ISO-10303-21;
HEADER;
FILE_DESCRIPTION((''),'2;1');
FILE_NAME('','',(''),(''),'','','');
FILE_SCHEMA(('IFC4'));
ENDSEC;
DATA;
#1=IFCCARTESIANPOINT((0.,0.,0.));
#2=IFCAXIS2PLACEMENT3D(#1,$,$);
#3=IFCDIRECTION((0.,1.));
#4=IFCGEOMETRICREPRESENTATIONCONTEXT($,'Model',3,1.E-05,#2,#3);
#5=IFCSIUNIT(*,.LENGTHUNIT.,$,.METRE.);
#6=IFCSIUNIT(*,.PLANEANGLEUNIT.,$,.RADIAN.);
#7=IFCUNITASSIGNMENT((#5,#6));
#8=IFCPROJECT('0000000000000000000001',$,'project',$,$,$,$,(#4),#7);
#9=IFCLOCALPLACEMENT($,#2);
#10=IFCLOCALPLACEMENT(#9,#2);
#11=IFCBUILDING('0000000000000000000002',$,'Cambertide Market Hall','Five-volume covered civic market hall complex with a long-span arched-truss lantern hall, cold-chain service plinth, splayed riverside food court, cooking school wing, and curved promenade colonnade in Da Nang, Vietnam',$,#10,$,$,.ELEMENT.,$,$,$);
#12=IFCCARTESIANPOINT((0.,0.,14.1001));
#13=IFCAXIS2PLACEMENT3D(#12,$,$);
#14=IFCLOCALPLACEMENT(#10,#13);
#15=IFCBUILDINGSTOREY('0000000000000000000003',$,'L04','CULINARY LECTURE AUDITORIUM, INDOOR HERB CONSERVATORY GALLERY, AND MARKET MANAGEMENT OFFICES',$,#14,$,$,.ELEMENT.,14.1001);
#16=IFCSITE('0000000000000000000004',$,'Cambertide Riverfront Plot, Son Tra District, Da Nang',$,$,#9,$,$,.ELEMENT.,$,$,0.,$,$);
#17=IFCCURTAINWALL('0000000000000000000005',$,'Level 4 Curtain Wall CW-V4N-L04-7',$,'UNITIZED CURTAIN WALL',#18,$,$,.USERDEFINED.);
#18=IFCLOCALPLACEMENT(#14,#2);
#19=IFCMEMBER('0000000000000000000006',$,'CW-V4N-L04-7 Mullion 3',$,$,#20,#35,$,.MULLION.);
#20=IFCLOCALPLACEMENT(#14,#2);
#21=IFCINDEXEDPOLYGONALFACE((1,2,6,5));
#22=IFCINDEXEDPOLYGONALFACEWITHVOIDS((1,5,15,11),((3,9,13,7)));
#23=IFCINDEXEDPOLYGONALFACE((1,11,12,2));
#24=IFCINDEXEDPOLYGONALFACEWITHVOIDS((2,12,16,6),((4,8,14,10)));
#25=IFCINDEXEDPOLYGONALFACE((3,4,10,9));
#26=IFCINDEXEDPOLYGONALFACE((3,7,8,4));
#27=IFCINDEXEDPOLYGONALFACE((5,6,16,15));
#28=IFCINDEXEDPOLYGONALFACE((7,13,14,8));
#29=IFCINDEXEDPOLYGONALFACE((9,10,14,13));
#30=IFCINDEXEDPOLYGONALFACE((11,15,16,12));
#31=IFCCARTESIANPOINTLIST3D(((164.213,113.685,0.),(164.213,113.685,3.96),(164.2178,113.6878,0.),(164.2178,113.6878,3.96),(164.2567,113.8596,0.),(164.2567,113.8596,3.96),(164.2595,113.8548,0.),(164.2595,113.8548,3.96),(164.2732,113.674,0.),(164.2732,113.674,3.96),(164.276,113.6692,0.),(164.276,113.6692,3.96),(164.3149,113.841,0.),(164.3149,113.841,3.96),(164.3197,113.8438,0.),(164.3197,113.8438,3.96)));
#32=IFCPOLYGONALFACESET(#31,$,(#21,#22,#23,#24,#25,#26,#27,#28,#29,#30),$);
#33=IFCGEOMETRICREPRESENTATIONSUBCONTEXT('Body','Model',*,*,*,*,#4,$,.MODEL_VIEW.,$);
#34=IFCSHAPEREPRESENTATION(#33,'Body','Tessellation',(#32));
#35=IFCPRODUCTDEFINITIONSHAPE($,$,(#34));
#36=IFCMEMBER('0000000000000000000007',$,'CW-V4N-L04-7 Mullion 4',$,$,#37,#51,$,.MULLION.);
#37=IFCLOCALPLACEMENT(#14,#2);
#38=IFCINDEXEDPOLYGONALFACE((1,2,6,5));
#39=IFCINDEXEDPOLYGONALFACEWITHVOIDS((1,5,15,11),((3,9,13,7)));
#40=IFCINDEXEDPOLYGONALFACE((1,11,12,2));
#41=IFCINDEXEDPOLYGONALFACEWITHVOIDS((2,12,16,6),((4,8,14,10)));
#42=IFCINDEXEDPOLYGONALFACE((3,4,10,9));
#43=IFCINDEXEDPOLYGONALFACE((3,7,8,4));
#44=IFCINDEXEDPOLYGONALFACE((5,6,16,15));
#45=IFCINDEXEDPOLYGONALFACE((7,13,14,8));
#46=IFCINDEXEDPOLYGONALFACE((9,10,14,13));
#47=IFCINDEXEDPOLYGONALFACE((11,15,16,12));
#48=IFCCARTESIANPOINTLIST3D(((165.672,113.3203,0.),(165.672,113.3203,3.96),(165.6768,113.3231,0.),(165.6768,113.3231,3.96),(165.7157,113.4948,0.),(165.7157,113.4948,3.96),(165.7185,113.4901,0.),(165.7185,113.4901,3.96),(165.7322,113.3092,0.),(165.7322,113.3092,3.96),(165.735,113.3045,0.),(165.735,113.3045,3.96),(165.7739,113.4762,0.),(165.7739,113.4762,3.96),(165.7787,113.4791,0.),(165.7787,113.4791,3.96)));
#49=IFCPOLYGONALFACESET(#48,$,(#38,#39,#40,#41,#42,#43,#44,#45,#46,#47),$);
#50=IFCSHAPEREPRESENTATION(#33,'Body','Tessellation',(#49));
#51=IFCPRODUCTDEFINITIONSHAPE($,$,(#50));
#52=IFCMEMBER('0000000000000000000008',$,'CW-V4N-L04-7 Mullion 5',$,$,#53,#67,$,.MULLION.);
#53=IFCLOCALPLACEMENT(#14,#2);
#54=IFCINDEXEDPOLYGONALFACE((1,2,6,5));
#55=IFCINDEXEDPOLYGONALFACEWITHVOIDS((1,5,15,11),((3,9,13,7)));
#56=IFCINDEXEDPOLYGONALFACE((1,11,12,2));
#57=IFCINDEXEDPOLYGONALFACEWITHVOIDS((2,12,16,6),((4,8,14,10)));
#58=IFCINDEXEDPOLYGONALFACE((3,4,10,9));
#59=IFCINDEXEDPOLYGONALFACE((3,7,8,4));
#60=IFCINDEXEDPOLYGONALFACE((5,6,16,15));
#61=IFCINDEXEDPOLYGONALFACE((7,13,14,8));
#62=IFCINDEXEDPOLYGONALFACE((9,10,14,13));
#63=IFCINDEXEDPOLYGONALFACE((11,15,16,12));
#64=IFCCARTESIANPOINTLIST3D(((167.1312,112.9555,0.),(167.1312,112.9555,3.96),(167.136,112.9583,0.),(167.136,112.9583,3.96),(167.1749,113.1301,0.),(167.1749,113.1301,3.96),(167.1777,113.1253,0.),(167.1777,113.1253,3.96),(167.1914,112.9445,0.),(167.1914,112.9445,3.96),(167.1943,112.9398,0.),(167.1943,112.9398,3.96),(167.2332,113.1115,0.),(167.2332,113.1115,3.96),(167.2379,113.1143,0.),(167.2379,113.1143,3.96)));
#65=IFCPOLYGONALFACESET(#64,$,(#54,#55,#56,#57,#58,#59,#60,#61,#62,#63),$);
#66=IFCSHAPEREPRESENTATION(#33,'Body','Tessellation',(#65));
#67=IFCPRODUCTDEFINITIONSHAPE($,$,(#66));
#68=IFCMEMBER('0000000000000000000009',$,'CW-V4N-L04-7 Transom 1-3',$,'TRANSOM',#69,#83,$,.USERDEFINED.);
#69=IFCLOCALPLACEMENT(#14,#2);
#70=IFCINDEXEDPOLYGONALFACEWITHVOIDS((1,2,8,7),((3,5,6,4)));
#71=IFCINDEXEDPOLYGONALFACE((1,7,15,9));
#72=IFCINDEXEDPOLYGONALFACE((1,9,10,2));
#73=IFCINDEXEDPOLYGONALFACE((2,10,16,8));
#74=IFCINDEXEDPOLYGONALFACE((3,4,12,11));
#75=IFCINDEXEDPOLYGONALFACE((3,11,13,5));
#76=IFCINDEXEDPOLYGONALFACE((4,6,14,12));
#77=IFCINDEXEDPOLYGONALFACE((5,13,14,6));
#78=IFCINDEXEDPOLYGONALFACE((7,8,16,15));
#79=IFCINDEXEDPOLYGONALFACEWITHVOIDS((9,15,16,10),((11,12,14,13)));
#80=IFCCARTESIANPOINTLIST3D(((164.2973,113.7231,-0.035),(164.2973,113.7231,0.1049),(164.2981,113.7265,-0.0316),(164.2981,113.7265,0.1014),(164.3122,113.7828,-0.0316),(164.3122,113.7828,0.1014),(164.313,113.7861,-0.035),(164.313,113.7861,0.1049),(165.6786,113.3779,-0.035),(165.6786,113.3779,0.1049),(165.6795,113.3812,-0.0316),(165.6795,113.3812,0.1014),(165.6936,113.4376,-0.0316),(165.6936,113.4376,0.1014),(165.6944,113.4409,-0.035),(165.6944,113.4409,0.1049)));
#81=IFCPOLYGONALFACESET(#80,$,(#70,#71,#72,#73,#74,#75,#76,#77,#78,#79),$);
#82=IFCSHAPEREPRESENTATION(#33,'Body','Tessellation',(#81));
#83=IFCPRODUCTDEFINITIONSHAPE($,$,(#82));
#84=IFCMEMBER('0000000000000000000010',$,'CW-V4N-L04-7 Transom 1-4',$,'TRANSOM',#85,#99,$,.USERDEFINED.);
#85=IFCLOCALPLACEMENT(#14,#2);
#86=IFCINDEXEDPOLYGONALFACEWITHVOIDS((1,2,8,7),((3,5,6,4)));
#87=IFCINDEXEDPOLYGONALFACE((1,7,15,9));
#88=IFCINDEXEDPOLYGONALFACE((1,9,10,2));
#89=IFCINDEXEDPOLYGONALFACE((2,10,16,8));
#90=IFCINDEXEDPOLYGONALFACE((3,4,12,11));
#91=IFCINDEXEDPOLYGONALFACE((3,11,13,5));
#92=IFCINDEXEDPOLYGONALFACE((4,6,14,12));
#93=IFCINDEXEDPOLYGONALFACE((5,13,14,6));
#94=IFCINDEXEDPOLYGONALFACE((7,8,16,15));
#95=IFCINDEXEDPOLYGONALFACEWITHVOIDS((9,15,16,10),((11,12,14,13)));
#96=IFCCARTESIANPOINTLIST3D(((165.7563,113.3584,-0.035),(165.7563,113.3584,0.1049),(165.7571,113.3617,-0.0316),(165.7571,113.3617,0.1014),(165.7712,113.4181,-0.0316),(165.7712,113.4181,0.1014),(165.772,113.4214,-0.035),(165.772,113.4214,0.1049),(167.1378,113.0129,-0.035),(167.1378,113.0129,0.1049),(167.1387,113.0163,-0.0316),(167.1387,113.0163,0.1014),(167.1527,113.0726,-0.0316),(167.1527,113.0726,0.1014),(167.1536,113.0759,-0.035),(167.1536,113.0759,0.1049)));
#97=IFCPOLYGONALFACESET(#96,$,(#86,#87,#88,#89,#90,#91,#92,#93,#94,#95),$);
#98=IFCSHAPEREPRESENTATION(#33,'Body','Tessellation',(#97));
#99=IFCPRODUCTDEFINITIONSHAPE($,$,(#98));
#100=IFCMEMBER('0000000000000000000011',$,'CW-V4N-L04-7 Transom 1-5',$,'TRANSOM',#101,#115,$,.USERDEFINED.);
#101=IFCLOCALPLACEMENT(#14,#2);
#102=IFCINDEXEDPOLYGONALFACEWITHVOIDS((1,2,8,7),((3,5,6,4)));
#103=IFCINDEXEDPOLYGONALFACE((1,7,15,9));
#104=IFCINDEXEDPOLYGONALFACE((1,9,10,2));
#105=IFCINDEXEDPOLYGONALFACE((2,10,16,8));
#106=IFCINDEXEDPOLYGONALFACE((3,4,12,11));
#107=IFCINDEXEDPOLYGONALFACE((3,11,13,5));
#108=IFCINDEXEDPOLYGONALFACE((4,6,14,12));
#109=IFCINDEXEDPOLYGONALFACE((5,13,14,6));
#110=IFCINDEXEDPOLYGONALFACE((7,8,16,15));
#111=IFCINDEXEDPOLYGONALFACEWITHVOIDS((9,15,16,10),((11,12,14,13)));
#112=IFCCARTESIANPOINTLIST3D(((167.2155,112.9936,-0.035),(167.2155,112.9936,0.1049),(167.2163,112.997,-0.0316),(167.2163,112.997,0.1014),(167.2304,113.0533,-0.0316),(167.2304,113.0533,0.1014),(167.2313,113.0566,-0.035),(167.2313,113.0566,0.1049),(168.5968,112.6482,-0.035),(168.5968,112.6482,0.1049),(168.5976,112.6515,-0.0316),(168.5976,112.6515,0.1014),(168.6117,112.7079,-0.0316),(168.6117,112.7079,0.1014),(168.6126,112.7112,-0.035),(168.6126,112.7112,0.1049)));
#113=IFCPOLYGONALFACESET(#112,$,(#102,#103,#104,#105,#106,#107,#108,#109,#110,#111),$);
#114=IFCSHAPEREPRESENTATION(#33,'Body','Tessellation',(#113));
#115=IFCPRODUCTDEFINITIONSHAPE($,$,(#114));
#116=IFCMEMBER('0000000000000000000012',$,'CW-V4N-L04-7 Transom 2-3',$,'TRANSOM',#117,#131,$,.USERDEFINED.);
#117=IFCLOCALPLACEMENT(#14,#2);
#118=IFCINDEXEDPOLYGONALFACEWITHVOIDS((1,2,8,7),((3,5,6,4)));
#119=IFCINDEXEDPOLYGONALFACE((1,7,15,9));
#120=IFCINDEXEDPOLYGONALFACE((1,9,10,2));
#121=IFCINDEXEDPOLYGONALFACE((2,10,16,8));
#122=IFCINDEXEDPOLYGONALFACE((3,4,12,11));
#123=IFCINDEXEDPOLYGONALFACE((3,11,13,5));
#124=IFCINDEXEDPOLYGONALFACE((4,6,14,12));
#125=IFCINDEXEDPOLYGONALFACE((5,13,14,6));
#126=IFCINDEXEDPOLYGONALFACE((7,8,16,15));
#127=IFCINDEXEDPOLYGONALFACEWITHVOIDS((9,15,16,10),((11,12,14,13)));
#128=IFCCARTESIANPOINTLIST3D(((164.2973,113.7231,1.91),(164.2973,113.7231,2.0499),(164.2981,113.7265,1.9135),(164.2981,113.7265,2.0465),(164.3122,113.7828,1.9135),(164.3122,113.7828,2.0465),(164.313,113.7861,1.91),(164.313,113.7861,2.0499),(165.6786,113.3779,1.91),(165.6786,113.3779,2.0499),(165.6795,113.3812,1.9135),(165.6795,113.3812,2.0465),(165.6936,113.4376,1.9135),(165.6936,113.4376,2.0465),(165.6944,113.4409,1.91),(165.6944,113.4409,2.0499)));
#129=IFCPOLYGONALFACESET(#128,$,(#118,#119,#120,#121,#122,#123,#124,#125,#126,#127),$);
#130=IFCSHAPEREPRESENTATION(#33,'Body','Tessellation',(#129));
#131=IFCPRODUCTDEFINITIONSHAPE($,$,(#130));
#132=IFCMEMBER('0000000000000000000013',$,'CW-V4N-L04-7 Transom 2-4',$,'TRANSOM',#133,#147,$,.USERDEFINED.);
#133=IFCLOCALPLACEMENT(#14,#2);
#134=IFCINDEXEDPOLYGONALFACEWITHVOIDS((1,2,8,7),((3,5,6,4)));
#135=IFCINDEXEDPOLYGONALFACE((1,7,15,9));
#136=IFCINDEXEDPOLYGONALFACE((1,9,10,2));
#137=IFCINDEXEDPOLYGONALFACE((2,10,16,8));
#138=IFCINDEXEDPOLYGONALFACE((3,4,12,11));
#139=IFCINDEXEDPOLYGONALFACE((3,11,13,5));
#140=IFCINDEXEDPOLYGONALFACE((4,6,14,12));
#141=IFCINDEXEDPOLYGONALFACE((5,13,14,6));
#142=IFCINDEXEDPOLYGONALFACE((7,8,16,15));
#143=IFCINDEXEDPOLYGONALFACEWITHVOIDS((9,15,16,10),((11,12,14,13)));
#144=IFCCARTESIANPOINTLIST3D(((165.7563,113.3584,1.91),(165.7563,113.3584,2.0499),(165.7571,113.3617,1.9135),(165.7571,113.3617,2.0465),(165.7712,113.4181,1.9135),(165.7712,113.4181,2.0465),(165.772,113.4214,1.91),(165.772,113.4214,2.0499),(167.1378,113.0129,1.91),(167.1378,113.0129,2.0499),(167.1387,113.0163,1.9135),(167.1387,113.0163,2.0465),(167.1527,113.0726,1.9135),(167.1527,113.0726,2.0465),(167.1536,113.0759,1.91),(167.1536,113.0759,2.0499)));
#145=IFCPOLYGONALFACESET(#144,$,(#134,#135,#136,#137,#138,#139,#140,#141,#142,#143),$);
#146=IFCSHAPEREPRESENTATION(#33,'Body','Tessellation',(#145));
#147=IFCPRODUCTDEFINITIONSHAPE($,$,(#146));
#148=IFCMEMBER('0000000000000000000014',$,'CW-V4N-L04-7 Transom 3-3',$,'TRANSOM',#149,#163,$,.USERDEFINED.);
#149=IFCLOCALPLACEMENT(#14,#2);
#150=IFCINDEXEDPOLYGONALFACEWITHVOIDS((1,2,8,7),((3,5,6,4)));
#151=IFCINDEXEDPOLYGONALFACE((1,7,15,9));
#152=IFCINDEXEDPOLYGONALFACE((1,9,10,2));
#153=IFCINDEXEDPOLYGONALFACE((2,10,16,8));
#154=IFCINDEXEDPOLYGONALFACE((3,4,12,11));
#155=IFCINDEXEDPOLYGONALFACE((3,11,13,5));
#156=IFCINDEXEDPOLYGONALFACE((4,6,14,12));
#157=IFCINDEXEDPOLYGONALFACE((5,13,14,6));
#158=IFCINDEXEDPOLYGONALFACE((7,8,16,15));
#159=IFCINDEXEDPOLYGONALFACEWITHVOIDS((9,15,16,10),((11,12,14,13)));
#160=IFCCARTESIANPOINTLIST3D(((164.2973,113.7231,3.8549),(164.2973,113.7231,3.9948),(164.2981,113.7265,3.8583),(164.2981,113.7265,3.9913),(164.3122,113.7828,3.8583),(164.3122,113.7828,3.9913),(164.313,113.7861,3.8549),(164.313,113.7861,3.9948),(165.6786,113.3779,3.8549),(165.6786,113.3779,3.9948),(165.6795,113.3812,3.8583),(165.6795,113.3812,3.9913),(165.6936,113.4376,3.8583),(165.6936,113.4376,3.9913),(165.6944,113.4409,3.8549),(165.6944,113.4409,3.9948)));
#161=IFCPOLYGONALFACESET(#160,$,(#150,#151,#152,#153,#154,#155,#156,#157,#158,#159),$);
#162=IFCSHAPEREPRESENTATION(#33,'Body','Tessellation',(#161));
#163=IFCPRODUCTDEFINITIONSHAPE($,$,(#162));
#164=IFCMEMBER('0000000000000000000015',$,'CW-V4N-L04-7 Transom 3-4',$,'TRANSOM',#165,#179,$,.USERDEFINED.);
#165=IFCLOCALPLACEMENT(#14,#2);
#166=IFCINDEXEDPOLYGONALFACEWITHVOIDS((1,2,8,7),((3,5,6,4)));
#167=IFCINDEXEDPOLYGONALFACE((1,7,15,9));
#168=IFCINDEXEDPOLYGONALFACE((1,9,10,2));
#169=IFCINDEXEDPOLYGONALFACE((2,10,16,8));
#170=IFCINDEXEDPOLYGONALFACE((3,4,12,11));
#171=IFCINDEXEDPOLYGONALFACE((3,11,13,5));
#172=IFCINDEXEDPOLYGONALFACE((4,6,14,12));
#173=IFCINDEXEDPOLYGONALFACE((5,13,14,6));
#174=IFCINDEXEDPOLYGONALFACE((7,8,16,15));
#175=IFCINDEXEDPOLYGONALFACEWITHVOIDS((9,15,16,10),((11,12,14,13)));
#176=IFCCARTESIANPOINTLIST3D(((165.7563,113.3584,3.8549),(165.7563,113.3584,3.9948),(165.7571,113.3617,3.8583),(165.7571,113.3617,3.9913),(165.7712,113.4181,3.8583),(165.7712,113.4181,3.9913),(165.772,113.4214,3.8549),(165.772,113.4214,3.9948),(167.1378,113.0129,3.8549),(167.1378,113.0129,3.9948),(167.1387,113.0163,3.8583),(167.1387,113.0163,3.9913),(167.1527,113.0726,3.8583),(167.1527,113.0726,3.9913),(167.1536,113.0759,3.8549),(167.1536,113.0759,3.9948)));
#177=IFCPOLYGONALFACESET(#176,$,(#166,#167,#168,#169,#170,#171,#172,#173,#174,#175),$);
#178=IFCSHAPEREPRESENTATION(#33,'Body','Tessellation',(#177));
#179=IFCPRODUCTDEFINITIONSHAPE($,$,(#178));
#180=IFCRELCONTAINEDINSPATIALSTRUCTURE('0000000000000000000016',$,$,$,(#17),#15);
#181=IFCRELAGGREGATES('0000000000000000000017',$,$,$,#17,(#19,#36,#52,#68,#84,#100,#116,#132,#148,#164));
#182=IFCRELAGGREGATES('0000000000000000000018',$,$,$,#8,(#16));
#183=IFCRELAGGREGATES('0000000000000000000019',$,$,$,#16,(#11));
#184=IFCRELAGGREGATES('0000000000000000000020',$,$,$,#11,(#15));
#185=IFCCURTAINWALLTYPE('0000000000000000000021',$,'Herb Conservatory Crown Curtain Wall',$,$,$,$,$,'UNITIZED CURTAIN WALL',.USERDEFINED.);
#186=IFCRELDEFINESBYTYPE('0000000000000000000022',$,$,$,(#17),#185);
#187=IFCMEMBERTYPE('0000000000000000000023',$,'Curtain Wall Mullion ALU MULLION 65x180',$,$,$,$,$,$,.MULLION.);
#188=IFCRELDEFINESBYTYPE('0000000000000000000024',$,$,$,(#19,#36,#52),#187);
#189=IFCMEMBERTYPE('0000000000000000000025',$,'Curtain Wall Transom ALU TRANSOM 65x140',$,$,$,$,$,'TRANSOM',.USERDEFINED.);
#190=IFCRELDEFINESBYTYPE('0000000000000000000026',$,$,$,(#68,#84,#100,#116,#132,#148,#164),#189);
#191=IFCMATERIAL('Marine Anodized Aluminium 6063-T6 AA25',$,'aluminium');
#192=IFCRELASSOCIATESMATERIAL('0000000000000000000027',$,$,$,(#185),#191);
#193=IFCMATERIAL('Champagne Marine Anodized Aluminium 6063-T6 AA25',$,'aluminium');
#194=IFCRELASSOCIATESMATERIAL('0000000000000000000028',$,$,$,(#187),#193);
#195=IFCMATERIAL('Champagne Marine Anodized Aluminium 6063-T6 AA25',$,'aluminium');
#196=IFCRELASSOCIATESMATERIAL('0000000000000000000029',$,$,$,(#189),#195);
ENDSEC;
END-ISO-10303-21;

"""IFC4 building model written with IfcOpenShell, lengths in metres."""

from ifc_helpers import new_model, si_unit, direction, frame, origin, origin_2d, place, context, subcontext, project, spatial, hollow_rectangle, extrude, material, material_profile, profile_set, type_object, element, aggregate, save


model = new_model("IFC4")

# Units and contexts
model_context = context("Model", 3, precision=1e-05, world=origin(), true_north=direction((0.0, 1.0)))
body_context = subcontext(model_context, "Body", "Model", "MODEL_VIEW")
ifc_project = project(units=[si_unit("LENGTHUNIT", "METRE"), si_unit("PLANEANGLEUNIT", "RADIAN")], contexts=[model_context])

# Site, building, storey
site_placement = place(None, origin())
site = spatial("IfcSite", under=ifc_project, at=site_placement, Name="Cambertide Riverfront Plot, Son Tra District, Da Nang", CompositionType="ELEMENT", RefElevation=0.0)
building_placement = place(site_placement, origin())
building = spatial("IfcBuilding", under=site, at=building_placement, Name="Cambertide Market Hall", Description="Five-volume covered civic market hall complex with a long-span arched-truss lantern hall, cold-chain service plinth, splayed riverside food court, cooking school wing, and curved promenade colonnade in Da Nang, Vietnam", CompositionType="ELEMENT")
storey_placement = place(building_placement, frame((0.0, 0.0, 14.1001)))
storey = spatial("IfcBuildingStorey", under=building, at=storey_placement, Name="L04", Description="CULINARY LECTURE AUDITORIUM, INDOOR HERB CONSERVATORY GALLERY, AND MARKET MANAGEMENT OFFICES", CompositionType="ELEMENT", Elevation=14.1001)

# Curtain wall, members
ifc_material_1 = material(Name="Marine Anodized Aluminium 6063-T6 AA25", Category="aluminium")
curtain_wall_type = type_object("IfcCurtainWallType", Name="Herb Conservatory Crown Curtain Wall", ElementType="UNITIZED CURTAIN WALL", PredefinedType="USERDEFINED", material=ifc_material_1)
curtain_wall_placement = place(storey_placement, origin())
curtain_wall = element("IfcCurtainWall", 1, at=curtain_wall_placement, inside=storey, type_object=curtain_wall_type, Name="Level 4 Curtain Wall CW-V4N-L04-7", ObjectType="UNITIZED CURTAIN WALL", PredefinedType="USERDEFINED")
ifc_material_2 = material(Name="Champagne Marine Anodized Aluminium 6063-T6 AA25", Category="aluminium")
ifc_material_profile_1 = material_profile(ifc_material_2, hollow_rectangle(XDim=0.0649, YDim=0.1799, WallThickness=0.0039, at=origin_2d()), Name="ALU MULLION 65x180")
ifc_profile_set_1 = profile_set([ifc_material_profile_1], Name="Champagne Marine Anodized Aluminium 6063-T6 AA25")
member_type_1 = type_object("IfcMemberType", Name="Curtain Wall Mullion ALU MULLION 65x180", PredefinedType="MULLION", material=ifc_profile_set_1)
member_1_placement = place(storey_placement, frame((164.2664, 113.7644, 0.0), z_axis=(0.0, 0.0, 1.0), x_axis=(0.970143, -0.242536, 0.0)))
member_1 = element("IfcMember", 2, at=member_1_placement, type_object=member_type_1, Name="CW-V4N-L04-7 Mullion 3", PredefinedType="MULLION", context=body_context, shape_type="SweptSolid", body=[
    extrude(hollow_rectangle(XDim=0.0649, YDim=0.1799, WallThickness=0.0039, at=origin_2d()), origin(), (0.0, 0.0, 1.0), 3.96),
])
member_2_placement = place(storey_placement, frame((165.7253, 113.3997, 0.0), z_axis=(0.0, 0.0, 1.0), x_axis=(0.970143, -0.242536, 0.0)))
member_2 = element("IfcMember", 3, at=member_2_placement, type_object=member_type_1, Name="CW-V4N-L04-7 Mullion 4", PredefinedType="MULLION", context=body_context, shape_type="SweptSolid", body=[
    extrude(hollow_rectangle(XDim=0.0649, YDim=0.1799, WallThickness=0.0039, at=origin_2d()), origin(), (0.0, 0.0, 1.0), 3.96),
])
member_3_placement = place(storey_placement, frame((167.1846, 113.0349, 0.0), z_axis=(0.0, 0.0, 1.0), x_axis=(0.970143, -0.242536, 0.0)))
member_3 = element("IfcMember", 4, at=member_3_placement, type_object=member_type_1, Name="CW-V4N-L04-7 Mullion 5", PredefinedType="MULLION", context=body_context, shape_type="SweptSolid", body=[
    extrude(hollow_rectangle(XDim=0.0649, YDim=0.1799, WallThickness=0.0039, at=origin_2d()), origin(), (0.0, 0.0, 1.0), 3.96),
])
ifc_material_3 = material(Name="Champagne Marine Anodized Aluminium 6063-T6 AA25", Category="aluminium")
ifc_material_profile_2 = material_profile(ifc_material_3, hollow_rectangle(XDim=0.0649, YDim=0.1399, WallThickness=0.0034, at=origin_2d()), Name="ALU TRANSOM 65x140")
ifc_profile_set_2 = profile_set([ifc_material_profile_2], Name="Champagne Marine Anodized Aluminium 6063-T6 AA25")
member_type_2 = type_object("IfcMemberType", Name="Curtain Wall Transom ALU TRANSOM 65x140", ElementType="TRANSOM", PredefinedType="USERDEFINED", material=ifc_profile_set_2)
member_4_placement = place(storey_placement, frame((164.3052, 113.7546, 0.0349), z_axis=(0.970163, -0.242455, 0.0), x_axis=(0.242455, 0.970163, 0.0)))
member_4 = element("IfcMember", 5, at=member_4_placement, type_object=member_type_2, Name="CW-V4N-L04-7 Transom 1-3", ObjectType="TRANSOM", PredefinedType="USERDEFINED", context=body_context, shape_type="SweptSolid", body=[
    extrude(hollow_rectangle(XDim=0.0649, YDim=0.1399, WallThickness=0.0034, at=origin_2d()), origin(), (0.0, 0.0, 1.0), 1.4238),
])
member_5_placement = place(storey_placement, frame((165.7642, 113.3899, 0.0349), z_axis=(0.970132, -0.242576, 0.0), x_axis=(0.242576, 0.970132, 0.0)))
member_5 = element("IfcMember", 6, at=member_5_placement, type_object=member_type_2, Name="CW-V4N-L04-7 Transom 1-4", ObjectType="TRANSOM", PredefinedType="USERDEFINED", context=body_context, shape_type="SweptSolid", body=[
    extrude(hollow_rectangle(XDim=0.0649, YDim=0.1399, WallThickness=0.0034, at=origin_2d()), origin(), (0.0, 0.0, 1.0), 1.4241),
])
member_6_placement = place(storey_placement, frame((167.2234, 113.0251, 0.0349), z_axis=(0.970122, -0.242616, 0.0), x_axis=(0.242616, 0.970122, 0.0)))
member_6 = element("IfcMember", 7, at=member_6_placement, type_object=member_type_2, Name="CW-V4N-L04-7 Transom 1-5", ObjectType="TRANSOM", PredefinedType="USERDEFINED", context=body_context, shape_type="SweptSolid", body=[
    extrude(hollow_rectangle(XDim=0.0649, YDim=0.1399, WallThickness=0.0034, at=origin_2d()), origin(), (0.0, 0.0, 1.0), 1.4238),
])
member_7_placement = place(storey_placement, frame((164.3052, 113.7546, 1.98), z_axis=(0.970163, -0.242455, 0.0), x_axis=(0.242455, 0.970163, 0.0)))
member_7 = element("IfcMember", 8, at=member_7_placement, type_object=member_type_2, Name="CW-V4N-L04-7 Transom 2-3", ObjectType="TRANSOM", PredefinedType="USERDEFINED", context=body_context, shape_type="SweptSolid", body=[
    extrude(hollow_rectangle(XDim=0.0649, YDim=0.1399, WallThickness=0.0034, at=origin_2d()), origin(), (0.0, 0.0, 1.0), 1.4238),
])
member_8_placement = place(storey_placement, frame((165.7642, 113.3899, 1.98), z_axis=(0.970132, -0.242576, 0.0), x_axis=(0.242576, 0.970132, 0.0)))
member_8 = element("IfcMember", 9, at=member_8_placement, type_object=member_type_2, Name="CW-V4N-L04-7 Transom 2-4", ObjectType="TRANSOM", PredefinedType="USERDEFINED", context=body_context, shape_type="SweptSolid", body=[
    extrude(hollow_rectangle(XDim=0.0649, YDim=0.1399, WallThickness=0.0034, at=origin_2d()), origin(), (0.0, 0.0, 1.0), 1.4241),
])
member_9_placement = place(storey_placement, frame((164.3052, 113.7546, 3.9248), z_axis=(0.970163, -0.242455, 0.0), x_axis=(0.242455, 0.970163, 0.0)))
member_9 = element("IfcMember", 10, at=member_9_placement, type_object=member_type_2, Name="CW-V4N-L04-7 Transom 3-3", ObjectType="TRANSOM", PredefinedType="USERDEFINED", context=body_context, shape_type="SweptSolid", body=[
    extrude(hollow_rectangle(XDim=0.0649, YDim=0.1399, WallThickness=0.0034, at=origin_2d()), origin(), (0.0, 0.0, 1.0), 1.4238),
])
member_10_placement = place(storey_placement, frame((165.7642, 113.3899, 3.9248), z_axis=(0.970132, -0.242576, 0.0), x_axis=(0.242576, 0.970132, 0.0)))
member_10 = element("IfcMember", 11, at=member_10_placement, type_object=member_type_2, Name="CW-V4N-L04-7 Transom 3-4", ObjectType="TRANSOM", PredefinedType="USERDEFINED", context=body_context, shape_type="SweptSolid", body=[
    extrude(hollow_rectangle(XDim=0.0649, YDim=0.1399, WallThickness=0.0034, at=origin_2d()), origin(), (0.0, 0.0, 1.0), 1.4241),
])

aggregate(curtain_wall, [member_1, member_2, member_3, member_4, member_5, member_6, member_7, member_8, member_9, member_10])

save(model, "model.ifc")
